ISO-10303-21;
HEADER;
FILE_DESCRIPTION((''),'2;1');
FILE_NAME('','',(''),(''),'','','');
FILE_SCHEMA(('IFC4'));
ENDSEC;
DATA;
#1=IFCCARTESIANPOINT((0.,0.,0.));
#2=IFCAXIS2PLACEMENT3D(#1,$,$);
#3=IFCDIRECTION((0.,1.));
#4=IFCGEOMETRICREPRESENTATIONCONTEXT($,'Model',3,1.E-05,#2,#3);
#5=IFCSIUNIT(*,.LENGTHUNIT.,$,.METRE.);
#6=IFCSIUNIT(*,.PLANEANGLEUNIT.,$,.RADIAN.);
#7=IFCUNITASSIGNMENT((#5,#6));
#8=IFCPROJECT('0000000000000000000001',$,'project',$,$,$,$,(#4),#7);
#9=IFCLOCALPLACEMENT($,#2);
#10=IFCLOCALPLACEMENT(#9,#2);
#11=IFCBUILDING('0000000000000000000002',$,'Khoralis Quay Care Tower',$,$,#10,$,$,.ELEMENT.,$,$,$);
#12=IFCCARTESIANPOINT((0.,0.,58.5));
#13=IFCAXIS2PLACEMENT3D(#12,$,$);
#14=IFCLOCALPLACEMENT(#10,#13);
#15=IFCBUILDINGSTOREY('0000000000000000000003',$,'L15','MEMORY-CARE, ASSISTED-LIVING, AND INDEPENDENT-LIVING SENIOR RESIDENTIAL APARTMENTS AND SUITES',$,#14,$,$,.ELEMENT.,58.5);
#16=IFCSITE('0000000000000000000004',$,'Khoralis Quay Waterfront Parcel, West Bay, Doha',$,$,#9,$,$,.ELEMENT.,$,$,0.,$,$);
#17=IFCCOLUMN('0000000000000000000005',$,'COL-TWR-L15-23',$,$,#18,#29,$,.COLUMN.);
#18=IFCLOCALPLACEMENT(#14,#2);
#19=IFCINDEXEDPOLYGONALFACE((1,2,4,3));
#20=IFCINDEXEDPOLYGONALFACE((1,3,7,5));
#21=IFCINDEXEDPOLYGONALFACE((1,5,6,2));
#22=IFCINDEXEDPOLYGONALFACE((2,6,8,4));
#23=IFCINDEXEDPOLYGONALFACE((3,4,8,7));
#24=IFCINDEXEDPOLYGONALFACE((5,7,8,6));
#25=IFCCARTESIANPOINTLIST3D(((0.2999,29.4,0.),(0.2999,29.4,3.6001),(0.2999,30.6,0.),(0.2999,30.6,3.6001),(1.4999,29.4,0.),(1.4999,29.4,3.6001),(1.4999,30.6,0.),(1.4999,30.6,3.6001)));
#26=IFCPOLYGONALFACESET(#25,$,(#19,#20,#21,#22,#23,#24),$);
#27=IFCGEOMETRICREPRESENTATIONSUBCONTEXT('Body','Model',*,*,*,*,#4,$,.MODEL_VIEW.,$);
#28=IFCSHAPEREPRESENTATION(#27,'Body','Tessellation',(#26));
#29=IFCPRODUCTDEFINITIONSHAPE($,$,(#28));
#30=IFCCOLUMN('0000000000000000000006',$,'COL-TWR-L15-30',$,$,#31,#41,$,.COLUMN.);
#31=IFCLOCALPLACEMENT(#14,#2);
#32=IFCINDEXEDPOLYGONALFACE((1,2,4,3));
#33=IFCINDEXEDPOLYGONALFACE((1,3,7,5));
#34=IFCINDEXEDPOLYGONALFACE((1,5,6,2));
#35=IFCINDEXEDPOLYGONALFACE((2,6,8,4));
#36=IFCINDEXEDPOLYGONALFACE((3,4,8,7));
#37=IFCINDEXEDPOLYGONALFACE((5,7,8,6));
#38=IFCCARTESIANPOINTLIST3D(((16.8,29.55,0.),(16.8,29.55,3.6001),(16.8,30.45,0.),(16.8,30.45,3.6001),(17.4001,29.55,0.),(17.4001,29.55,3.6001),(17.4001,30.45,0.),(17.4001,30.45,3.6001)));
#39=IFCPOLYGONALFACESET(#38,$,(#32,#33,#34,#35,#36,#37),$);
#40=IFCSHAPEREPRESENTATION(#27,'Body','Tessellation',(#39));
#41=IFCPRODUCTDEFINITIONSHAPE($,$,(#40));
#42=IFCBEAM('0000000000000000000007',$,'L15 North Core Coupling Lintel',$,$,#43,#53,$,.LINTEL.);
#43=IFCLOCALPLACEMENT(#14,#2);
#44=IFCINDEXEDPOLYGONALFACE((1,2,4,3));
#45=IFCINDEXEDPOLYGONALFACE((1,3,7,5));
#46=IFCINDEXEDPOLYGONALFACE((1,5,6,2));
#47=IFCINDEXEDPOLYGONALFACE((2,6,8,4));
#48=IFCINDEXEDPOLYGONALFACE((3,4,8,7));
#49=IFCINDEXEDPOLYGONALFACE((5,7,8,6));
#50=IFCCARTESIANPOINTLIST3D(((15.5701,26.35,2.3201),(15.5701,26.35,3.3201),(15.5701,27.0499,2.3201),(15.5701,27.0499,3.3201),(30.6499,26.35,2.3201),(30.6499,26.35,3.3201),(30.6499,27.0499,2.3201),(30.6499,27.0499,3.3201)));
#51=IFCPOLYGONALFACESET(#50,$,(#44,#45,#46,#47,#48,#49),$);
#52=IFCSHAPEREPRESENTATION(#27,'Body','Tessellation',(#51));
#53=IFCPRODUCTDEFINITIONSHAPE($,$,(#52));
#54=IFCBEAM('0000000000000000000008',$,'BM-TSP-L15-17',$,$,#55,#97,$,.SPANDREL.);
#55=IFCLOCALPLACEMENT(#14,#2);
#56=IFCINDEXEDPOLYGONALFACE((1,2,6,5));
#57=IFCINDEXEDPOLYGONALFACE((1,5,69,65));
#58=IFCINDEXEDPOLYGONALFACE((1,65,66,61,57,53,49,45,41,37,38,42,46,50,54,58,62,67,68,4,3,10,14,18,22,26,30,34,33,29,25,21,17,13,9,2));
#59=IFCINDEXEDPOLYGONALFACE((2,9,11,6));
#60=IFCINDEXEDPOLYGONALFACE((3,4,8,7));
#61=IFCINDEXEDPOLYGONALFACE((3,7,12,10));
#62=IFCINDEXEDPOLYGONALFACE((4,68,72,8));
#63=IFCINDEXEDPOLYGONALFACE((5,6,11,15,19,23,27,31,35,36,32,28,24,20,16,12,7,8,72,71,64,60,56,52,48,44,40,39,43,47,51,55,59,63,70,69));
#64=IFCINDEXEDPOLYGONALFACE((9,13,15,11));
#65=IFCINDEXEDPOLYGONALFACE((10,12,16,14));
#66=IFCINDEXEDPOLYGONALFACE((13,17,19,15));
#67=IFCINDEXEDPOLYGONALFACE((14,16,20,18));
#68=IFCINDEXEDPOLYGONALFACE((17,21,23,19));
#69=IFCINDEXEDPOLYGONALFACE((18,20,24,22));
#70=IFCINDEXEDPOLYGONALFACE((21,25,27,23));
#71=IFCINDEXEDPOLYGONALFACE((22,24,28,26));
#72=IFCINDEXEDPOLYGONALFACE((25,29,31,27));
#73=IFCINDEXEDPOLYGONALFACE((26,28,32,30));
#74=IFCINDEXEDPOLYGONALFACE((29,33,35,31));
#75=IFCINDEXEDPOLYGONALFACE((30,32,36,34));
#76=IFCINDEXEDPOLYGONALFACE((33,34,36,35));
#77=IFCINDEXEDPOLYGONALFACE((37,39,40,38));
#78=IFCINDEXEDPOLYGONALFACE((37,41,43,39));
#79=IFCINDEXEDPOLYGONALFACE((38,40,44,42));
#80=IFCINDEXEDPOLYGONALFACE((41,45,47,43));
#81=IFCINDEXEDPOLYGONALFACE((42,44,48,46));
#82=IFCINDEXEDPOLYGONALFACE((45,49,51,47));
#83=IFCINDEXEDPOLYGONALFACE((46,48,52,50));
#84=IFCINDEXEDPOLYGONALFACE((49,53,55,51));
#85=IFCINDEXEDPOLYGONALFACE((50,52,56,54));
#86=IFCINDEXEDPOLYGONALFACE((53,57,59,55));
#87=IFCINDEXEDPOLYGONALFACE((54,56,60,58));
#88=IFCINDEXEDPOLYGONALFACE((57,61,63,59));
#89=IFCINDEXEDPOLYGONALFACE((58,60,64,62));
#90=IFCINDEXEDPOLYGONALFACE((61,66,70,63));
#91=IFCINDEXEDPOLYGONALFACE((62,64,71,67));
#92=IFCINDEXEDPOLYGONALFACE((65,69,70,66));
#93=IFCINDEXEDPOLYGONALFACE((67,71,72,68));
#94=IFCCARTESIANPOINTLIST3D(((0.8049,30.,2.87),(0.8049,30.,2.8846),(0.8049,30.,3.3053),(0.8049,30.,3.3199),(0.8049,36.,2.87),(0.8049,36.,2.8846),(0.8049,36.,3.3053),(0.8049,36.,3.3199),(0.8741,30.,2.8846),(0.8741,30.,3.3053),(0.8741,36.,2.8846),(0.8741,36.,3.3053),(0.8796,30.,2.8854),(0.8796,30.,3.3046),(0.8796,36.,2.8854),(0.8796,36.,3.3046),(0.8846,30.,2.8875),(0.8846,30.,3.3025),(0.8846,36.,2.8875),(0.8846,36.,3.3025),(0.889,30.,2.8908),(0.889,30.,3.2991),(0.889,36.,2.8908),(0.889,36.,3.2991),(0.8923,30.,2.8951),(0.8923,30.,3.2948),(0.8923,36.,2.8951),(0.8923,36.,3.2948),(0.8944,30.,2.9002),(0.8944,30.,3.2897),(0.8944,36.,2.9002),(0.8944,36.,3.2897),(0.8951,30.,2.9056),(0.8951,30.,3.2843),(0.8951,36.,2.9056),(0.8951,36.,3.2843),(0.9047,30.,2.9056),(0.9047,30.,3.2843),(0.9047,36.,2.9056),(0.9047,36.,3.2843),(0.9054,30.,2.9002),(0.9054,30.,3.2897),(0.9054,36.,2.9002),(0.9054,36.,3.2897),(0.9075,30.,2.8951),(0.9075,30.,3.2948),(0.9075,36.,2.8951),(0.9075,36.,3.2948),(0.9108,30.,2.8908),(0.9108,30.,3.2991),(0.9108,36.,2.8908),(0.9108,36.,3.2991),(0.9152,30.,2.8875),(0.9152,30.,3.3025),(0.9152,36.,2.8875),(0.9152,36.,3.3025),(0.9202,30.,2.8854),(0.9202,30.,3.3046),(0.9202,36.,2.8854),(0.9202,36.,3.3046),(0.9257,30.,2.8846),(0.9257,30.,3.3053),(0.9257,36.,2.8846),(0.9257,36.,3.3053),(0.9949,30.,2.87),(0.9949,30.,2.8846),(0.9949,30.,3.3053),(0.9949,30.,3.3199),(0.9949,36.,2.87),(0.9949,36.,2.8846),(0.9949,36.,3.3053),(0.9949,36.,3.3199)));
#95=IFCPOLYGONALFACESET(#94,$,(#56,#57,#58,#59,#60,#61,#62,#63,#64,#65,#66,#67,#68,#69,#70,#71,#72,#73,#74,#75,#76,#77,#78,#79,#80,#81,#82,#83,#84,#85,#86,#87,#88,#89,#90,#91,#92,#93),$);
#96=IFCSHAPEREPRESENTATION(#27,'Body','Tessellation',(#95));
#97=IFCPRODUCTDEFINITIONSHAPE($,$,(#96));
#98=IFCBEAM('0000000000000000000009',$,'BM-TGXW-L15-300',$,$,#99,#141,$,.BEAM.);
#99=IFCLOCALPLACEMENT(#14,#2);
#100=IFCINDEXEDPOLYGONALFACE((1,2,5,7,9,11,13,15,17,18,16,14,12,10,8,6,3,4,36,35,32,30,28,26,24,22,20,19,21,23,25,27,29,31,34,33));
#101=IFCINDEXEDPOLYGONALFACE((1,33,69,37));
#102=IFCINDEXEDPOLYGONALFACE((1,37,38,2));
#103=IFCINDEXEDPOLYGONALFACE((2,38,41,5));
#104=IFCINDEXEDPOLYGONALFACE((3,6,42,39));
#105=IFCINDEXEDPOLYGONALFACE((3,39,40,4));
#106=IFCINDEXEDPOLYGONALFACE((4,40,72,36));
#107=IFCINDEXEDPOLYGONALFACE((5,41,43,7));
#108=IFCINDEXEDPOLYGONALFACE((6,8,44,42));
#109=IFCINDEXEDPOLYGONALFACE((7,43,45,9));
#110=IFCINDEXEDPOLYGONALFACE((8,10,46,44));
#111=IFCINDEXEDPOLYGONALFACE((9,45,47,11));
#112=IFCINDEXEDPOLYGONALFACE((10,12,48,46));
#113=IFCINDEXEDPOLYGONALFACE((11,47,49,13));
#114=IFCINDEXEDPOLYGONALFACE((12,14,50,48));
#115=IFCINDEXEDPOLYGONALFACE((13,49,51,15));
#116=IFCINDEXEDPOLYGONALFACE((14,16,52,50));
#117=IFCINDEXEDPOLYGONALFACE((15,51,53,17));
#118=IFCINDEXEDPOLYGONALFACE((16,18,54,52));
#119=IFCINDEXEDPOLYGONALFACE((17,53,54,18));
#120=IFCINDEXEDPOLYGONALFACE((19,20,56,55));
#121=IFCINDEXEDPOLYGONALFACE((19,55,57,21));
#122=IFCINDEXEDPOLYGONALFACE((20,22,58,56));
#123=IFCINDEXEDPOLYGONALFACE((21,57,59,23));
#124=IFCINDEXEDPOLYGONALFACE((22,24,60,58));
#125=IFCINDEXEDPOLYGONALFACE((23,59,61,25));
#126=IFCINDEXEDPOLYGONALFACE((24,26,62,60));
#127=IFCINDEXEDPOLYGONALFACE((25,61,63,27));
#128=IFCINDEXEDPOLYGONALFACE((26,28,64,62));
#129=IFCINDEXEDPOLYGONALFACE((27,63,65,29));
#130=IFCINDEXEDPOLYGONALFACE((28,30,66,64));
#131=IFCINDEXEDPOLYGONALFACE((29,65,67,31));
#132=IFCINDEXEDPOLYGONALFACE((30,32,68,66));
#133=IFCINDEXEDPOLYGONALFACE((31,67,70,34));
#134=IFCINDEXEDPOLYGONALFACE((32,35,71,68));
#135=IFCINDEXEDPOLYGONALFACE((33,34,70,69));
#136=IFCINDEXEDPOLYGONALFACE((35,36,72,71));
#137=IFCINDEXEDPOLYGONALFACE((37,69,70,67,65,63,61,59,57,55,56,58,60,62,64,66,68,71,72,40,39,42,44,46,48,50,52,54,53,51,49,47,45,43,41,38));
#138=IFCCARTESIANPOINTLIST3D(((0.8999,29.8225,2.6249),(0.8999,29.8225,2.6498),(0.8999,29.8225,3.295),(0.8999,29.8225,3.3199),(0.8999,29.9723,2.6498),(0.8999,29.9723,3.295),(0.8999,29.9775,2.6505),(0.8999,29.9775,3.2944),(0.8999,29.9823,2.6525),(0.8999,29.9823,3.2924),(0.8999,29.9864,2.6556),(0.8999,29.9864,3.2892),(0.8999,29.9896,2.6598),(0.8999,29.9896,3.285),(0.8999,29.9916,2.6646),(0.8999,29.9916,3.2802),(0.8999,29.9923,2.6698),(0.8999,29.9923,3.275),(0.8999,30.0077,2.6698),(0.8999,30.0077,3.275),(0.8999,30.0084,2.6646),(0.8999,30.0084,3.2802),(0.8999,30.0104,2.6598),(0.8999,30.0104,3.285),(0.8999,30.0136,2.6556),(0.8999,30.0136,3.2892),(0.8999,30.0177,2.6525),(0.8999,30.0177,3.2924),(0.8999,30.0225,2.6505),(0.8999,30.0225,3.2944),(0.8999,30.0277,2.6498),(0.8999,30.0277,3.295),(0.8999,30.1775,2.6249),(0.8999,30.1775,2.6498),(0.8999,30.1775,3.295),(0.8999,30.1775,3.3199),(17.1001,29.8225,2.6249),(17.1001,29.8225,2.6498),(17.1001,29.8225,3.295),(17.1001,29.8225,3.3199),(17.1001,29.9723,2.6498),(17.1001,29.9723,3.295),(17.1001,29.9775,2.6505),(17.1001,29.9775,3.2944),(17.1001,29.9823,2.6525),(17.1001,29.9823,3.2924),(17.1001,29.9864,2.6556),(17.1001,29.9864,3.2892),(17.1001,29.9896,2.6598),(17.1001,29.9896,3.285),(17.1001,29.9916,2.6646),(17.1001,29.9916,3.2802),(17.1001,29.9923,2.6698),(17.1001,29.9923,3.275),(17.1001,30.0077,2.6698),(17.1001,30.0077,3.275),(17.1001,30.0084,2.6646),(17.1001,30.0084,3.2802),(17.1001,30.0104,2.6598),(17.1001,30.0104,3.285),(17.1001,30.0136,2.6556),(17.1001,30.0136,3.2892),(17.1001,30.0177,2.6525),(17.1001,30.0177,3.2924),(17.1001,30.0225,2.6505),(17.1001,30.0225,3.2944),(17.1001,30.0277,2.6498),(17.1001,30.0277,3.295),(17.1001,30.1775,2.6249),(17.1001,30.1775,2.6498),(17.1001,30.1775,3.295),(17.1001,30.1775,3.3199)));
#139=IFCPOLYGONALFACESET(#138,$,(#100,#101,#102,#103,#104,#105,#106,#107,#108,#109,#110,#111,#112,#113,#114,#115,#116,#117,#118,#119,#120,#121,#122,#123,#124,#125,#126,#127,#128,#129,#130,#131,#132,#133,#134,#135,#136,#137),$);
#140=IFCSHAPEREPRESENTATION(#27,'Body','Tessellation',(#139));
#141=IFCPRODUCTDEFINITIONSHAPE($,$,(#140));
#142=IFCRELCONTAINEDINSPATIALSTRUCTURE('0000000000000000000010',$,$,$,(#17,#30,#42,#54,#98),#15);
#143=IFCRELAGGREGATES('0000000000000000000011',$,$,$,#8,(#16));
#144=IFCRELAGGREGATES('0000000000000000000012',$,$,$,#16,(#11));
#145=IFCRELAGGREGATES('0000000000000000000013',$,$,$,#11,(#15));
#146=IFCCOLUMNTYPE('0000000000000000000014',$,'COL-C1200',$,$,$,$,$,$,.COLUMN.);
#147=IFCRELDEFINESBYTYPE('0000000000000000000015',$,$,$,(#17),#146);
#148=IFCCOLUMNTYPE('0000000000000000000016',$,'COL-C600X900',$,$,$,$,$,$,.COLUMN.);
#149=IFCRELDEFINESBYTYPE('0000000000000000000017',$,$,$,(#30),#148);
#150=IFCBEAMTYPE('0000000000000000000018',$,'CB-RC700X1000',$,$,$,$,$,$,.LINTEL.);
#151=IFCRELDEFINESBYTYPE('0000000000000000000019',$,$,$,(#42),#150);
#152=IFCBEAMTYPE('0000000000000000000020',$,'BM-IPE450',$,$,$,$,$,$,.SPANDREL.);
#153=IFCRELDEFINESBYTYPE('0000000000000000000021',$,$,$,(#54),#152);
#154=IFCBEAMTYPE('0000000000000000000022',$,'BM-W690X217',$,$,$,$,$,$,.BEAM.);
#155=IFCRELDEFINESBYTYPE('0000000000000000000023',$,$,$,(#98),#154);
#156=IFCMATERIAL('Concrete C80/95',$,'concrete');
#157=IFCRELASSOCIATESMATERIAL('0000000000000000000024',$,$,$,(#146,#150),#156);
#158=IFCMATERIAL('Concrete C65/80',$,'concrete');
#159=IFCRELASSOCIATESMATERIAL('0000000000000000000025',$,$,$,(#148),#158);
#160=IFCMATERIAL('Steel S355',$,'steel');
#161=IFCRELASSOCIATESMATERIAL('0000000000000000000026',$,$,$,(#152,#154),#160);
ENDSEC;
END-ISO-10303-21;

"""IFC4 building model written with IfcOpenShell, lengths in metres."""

from ifc_helpers import new_model, si_unit, direction, frame, origin, origin_2d, place, context, subcontext, project, spatial, rectangle, i_section, extrude, source, transform, mapped, material, material_profile, profile_set, type_object, element, save


model = new_model("IFC4")

# Units and contexts
model_context = context("Model", 3, precision=1e-05, world=origin(), true_north=direction((0.0, 1.0)))
body_context = subcontext(model_context, "Body", "Model", "MODEL_VIEW")
ifc_project = project(units=[si_unit("LENGTHUNIT", "METRE"), si_unit("PLANEANGLEUNIT", "RADIAN")], contexts=[model_context])

# Site, building, storey
site_placement = place(None, origin())
site = spatial("IfcSite", under=ifc_project, at=site_placement, Name="Khoralis Quay Waterfront Parcel, West Bay, Doha", CompositionType="ELEMENT", RefElevation=0.0)
building_placement = place(site_placement, origin())
building = spatial("IfcBuilding", under=site, at=building_placement, Name="Khoralis Quay Care Tower", CompositionType="ELEMENT")
storey_placement = place(building_placement, frame((0.0, 0.0, 58.5)))
storey = spatial("IfcBuildingStorey", under=building, at=storey_placement, Name="L15", Description="MEMORY-CARE, ASSISTED-LIVING, AND INDEPENDENT-LIVING SENIOR RESIDENTIAL APARTMENTS AND SUITES", CompositionType="ELEMENT", Elevation=58.5)

# Columns
ifc_material_1 = material(Name="Concrete C80/95", Category="concrete")
ifc_material_profile_1 = material_profile(ifc_material_1, rectangle(XDim=1.2, YDim=1.2, at=origin_2d()), Name="Concrete C80/95")
ifc_profile_set_1 = profile_set([ifc_material_profile_1], Name="Concrete C80/95")
column_type_1 = type_object("IfcColumnType", Name="COL-C1200", PredefinedType="COLUMN", material=ifc_profile_set_1)
shared_shape_1 = source(origin(), body_context, "Body", "SweptSolid", [
    extrude(rectangle(XDim=1.2, YDim=1.2, at=origin_2d()), origin(), (0.0, 0.0, 1.0), 3.6001),
])
column_1_placement = place(storey_placement, frame((0.8999, 30.0, 0.0), z_axis=(0.0, 0.0, 1.0), x_axis=(1.0, 0.0, 0.0)))
element("IfcColumn", 1, at=column_1_placement, inside=storey, type_object=column_type_1, Name="COL-TWR-L15-23", PredefinedType="COLUMN", context=body_context, shape_type="MappedRepresentation", body=[
    mapped(shared_shape_1, transform((0.0, 0.0, 0.0), scale=1.0)),
])
ifc_material_2 = material(Name="Concrete C65/80", Category="concrete")
ifc_material_profile_2 = material_profile(ifc_material_2, rectangle(XDim=0.6001, YDim=0.8999, at=origin_2d()), Name="Concrete C65/80")
ifc_profile_set_2 = profile_set([ifc_material_profile_2], Name="Concrete C65/80")
column_type_2 = type_object("IfcColumnType", Name="COL-C600X900", PredefinedType="COLUMN", material=ifc_profile_set_2)
shared_shape_2 = source(origin(), body_context, "Body", "SweptSolid", [
    extrude(rectangle(XDim=0.6001, YDim=0.8999, at=origin_2d()), origin(), (0.0, 0.0, 1.0), 3.6001),
])
column_2_placement = place(storey_placement, frame((17.1001, 30.0, 0.0), z_axis=(0.0, 0.0, 1.0), x_axis=(1.0, 0.0, 0.0)))
element("IfcColumn", 2, at=column_2_placement, inside=storey, type_object=column_type_2, Name="COL-TWR-L15-30", PredefinedType="COLUMN", context=body_context, shape_type="MappedRepresentation", body=[
    mapped(shared_shape_2, transform((0.0, 0.0, 0.0), scale=1.0)),
])

# Beams
ifc_material_profile_3 = material_profile(ifc_material_1, rectangle(XDim=0.7, YDim=1.0, at=origin_2d()), Name="Concrete C80/95")
ifc_profile_set_3 = profile_set([ifc_material_profile_3], Name="Concrete C80/95")
beam_type_1 = type_object("IfcBeamType", Name="CB-RC700X1000", PredefinedType="LINTEL", material=ifc_profile_set_3)
shared_shape_3 = source(origin(), body_context, "Body", "SweptSolid", [
    extrude(rectangle(XDim=0.7, YDim=1.0, at=origin_2d()), origin(), (0.0, 0.0, 1.0), 15.0798),
])
beam_1_placement = place(storey_placement, frame((15.5701, 26.7, 2.8201), z_axis=(1.0, 0.0, 0.0), x_axis=(0.0, 1.0, 0.0)))
element("IfcBeam", 3, at=beam_1_placement, inside=storey, type_object=beam_type_1, Name="L15 North Core Coupling Lintel", PredefinedType="LINTEL", context=body_context, shape_type="MappedRepresentation", body=[
    mapped(shared_shape_3, transform((0.0, 0.0, 0.0), scale=1.0)),
])
ifc_material_3 = material(Name="Steel S355", Category="steel")
ifc_material_profile_4 = material_profile(ifc_material_3, i_section(OverallWidth=0.1899, OverallDepth=0.45, WebThickness=0.0095, FlangeThickness=0.0146, FilletRadius=0.021, at=origin_2d()), Name="Steel S355")
ifc_profile_set_4 = profile_set([ifc_material_profile_4], Name="Steel S355")
beam_type_2 = type_object("IfcBeamType", Name="BM-IPE450", PredefinedType="SPANDREL", material=ifc_profile_set_4)
shared_shape_4 = source(origin(), body_context, "Body", "SweptSolid", [
    extrude(i_section(OverallWidth=0.1899, OverallDepth=0.45, WebThickness=0.0095, FlangeThickness=0.0146, FilletRadius=0.021, at=origin_2d()), origin(), (0.0, 0.0, 1.0), 6.0),
])
beam_2_placement = place(storey_placement, frame((0.8999, 30.0, 3.095), z_axis=(0.0, 1.0, 0.0), x_axis=(-1.0, 0.0, 0.0)))
element("IfcBeam", 4, at=beam_2_placement, inside=storey, type_object=beam_type_2, Name="BM-TSP-L15-17", PredefinedType="SPANDREL", context=body_context, shape_type="MappedRepresentation", body=[
    mapped(shared_shape_4, transform((0.0, 0.0, 0.0), scale=1.0)),
])
ifc_material_profile_5 = material_profile(ifc_material_3, i_section(OverallWidth=0.355, OverallDepth=0.6951, WebThickness=0.0154, FlangeThickness=0.0249, FilletRadius=0.02, at=origin_2d()), Name="Steel S355")
ifc_profile_set_5 = profile_set([ifc_material_profile_5], Name="Steel S355")
beam_type_3 = type_object("IfcBeamType", Name="BM-W690X217", PredefinedType="BEAM", material=ifc_profile_set_5)
shared_shape_5 = source(origin(), body_context, "Body", "SweptSolid", [
    extrude(i_section(OverallWidth=0.355, OverallDepth=0.6951, WebThickness=0.0154, FlangeThickness=0.0249, FilletRadius=0.02, at=origin_2d()), origin(), (0.0, 0.0, 1.0), 16.2002),
])
beam_3_placement = place(storey_placement, frame((0.8999, 30.0, 2.9724), z_axis=(1.0, 0.0, 0.0), x_axis=(0.0, 1.0, 0.0)))
element("IfcBeam", 5, at=beam_3_placement, inside=storey, type_object=beam_type_3, Name="BM-TGXW-L15-300", PredefinedType="BEAM", context=body_context, shape_type="MappedRepresentation", body=[
    mapped(shared_shape_5, transform((0.0, 0.0, 0.0), scale=1.0)),
])

save(model, "model.ifc")
